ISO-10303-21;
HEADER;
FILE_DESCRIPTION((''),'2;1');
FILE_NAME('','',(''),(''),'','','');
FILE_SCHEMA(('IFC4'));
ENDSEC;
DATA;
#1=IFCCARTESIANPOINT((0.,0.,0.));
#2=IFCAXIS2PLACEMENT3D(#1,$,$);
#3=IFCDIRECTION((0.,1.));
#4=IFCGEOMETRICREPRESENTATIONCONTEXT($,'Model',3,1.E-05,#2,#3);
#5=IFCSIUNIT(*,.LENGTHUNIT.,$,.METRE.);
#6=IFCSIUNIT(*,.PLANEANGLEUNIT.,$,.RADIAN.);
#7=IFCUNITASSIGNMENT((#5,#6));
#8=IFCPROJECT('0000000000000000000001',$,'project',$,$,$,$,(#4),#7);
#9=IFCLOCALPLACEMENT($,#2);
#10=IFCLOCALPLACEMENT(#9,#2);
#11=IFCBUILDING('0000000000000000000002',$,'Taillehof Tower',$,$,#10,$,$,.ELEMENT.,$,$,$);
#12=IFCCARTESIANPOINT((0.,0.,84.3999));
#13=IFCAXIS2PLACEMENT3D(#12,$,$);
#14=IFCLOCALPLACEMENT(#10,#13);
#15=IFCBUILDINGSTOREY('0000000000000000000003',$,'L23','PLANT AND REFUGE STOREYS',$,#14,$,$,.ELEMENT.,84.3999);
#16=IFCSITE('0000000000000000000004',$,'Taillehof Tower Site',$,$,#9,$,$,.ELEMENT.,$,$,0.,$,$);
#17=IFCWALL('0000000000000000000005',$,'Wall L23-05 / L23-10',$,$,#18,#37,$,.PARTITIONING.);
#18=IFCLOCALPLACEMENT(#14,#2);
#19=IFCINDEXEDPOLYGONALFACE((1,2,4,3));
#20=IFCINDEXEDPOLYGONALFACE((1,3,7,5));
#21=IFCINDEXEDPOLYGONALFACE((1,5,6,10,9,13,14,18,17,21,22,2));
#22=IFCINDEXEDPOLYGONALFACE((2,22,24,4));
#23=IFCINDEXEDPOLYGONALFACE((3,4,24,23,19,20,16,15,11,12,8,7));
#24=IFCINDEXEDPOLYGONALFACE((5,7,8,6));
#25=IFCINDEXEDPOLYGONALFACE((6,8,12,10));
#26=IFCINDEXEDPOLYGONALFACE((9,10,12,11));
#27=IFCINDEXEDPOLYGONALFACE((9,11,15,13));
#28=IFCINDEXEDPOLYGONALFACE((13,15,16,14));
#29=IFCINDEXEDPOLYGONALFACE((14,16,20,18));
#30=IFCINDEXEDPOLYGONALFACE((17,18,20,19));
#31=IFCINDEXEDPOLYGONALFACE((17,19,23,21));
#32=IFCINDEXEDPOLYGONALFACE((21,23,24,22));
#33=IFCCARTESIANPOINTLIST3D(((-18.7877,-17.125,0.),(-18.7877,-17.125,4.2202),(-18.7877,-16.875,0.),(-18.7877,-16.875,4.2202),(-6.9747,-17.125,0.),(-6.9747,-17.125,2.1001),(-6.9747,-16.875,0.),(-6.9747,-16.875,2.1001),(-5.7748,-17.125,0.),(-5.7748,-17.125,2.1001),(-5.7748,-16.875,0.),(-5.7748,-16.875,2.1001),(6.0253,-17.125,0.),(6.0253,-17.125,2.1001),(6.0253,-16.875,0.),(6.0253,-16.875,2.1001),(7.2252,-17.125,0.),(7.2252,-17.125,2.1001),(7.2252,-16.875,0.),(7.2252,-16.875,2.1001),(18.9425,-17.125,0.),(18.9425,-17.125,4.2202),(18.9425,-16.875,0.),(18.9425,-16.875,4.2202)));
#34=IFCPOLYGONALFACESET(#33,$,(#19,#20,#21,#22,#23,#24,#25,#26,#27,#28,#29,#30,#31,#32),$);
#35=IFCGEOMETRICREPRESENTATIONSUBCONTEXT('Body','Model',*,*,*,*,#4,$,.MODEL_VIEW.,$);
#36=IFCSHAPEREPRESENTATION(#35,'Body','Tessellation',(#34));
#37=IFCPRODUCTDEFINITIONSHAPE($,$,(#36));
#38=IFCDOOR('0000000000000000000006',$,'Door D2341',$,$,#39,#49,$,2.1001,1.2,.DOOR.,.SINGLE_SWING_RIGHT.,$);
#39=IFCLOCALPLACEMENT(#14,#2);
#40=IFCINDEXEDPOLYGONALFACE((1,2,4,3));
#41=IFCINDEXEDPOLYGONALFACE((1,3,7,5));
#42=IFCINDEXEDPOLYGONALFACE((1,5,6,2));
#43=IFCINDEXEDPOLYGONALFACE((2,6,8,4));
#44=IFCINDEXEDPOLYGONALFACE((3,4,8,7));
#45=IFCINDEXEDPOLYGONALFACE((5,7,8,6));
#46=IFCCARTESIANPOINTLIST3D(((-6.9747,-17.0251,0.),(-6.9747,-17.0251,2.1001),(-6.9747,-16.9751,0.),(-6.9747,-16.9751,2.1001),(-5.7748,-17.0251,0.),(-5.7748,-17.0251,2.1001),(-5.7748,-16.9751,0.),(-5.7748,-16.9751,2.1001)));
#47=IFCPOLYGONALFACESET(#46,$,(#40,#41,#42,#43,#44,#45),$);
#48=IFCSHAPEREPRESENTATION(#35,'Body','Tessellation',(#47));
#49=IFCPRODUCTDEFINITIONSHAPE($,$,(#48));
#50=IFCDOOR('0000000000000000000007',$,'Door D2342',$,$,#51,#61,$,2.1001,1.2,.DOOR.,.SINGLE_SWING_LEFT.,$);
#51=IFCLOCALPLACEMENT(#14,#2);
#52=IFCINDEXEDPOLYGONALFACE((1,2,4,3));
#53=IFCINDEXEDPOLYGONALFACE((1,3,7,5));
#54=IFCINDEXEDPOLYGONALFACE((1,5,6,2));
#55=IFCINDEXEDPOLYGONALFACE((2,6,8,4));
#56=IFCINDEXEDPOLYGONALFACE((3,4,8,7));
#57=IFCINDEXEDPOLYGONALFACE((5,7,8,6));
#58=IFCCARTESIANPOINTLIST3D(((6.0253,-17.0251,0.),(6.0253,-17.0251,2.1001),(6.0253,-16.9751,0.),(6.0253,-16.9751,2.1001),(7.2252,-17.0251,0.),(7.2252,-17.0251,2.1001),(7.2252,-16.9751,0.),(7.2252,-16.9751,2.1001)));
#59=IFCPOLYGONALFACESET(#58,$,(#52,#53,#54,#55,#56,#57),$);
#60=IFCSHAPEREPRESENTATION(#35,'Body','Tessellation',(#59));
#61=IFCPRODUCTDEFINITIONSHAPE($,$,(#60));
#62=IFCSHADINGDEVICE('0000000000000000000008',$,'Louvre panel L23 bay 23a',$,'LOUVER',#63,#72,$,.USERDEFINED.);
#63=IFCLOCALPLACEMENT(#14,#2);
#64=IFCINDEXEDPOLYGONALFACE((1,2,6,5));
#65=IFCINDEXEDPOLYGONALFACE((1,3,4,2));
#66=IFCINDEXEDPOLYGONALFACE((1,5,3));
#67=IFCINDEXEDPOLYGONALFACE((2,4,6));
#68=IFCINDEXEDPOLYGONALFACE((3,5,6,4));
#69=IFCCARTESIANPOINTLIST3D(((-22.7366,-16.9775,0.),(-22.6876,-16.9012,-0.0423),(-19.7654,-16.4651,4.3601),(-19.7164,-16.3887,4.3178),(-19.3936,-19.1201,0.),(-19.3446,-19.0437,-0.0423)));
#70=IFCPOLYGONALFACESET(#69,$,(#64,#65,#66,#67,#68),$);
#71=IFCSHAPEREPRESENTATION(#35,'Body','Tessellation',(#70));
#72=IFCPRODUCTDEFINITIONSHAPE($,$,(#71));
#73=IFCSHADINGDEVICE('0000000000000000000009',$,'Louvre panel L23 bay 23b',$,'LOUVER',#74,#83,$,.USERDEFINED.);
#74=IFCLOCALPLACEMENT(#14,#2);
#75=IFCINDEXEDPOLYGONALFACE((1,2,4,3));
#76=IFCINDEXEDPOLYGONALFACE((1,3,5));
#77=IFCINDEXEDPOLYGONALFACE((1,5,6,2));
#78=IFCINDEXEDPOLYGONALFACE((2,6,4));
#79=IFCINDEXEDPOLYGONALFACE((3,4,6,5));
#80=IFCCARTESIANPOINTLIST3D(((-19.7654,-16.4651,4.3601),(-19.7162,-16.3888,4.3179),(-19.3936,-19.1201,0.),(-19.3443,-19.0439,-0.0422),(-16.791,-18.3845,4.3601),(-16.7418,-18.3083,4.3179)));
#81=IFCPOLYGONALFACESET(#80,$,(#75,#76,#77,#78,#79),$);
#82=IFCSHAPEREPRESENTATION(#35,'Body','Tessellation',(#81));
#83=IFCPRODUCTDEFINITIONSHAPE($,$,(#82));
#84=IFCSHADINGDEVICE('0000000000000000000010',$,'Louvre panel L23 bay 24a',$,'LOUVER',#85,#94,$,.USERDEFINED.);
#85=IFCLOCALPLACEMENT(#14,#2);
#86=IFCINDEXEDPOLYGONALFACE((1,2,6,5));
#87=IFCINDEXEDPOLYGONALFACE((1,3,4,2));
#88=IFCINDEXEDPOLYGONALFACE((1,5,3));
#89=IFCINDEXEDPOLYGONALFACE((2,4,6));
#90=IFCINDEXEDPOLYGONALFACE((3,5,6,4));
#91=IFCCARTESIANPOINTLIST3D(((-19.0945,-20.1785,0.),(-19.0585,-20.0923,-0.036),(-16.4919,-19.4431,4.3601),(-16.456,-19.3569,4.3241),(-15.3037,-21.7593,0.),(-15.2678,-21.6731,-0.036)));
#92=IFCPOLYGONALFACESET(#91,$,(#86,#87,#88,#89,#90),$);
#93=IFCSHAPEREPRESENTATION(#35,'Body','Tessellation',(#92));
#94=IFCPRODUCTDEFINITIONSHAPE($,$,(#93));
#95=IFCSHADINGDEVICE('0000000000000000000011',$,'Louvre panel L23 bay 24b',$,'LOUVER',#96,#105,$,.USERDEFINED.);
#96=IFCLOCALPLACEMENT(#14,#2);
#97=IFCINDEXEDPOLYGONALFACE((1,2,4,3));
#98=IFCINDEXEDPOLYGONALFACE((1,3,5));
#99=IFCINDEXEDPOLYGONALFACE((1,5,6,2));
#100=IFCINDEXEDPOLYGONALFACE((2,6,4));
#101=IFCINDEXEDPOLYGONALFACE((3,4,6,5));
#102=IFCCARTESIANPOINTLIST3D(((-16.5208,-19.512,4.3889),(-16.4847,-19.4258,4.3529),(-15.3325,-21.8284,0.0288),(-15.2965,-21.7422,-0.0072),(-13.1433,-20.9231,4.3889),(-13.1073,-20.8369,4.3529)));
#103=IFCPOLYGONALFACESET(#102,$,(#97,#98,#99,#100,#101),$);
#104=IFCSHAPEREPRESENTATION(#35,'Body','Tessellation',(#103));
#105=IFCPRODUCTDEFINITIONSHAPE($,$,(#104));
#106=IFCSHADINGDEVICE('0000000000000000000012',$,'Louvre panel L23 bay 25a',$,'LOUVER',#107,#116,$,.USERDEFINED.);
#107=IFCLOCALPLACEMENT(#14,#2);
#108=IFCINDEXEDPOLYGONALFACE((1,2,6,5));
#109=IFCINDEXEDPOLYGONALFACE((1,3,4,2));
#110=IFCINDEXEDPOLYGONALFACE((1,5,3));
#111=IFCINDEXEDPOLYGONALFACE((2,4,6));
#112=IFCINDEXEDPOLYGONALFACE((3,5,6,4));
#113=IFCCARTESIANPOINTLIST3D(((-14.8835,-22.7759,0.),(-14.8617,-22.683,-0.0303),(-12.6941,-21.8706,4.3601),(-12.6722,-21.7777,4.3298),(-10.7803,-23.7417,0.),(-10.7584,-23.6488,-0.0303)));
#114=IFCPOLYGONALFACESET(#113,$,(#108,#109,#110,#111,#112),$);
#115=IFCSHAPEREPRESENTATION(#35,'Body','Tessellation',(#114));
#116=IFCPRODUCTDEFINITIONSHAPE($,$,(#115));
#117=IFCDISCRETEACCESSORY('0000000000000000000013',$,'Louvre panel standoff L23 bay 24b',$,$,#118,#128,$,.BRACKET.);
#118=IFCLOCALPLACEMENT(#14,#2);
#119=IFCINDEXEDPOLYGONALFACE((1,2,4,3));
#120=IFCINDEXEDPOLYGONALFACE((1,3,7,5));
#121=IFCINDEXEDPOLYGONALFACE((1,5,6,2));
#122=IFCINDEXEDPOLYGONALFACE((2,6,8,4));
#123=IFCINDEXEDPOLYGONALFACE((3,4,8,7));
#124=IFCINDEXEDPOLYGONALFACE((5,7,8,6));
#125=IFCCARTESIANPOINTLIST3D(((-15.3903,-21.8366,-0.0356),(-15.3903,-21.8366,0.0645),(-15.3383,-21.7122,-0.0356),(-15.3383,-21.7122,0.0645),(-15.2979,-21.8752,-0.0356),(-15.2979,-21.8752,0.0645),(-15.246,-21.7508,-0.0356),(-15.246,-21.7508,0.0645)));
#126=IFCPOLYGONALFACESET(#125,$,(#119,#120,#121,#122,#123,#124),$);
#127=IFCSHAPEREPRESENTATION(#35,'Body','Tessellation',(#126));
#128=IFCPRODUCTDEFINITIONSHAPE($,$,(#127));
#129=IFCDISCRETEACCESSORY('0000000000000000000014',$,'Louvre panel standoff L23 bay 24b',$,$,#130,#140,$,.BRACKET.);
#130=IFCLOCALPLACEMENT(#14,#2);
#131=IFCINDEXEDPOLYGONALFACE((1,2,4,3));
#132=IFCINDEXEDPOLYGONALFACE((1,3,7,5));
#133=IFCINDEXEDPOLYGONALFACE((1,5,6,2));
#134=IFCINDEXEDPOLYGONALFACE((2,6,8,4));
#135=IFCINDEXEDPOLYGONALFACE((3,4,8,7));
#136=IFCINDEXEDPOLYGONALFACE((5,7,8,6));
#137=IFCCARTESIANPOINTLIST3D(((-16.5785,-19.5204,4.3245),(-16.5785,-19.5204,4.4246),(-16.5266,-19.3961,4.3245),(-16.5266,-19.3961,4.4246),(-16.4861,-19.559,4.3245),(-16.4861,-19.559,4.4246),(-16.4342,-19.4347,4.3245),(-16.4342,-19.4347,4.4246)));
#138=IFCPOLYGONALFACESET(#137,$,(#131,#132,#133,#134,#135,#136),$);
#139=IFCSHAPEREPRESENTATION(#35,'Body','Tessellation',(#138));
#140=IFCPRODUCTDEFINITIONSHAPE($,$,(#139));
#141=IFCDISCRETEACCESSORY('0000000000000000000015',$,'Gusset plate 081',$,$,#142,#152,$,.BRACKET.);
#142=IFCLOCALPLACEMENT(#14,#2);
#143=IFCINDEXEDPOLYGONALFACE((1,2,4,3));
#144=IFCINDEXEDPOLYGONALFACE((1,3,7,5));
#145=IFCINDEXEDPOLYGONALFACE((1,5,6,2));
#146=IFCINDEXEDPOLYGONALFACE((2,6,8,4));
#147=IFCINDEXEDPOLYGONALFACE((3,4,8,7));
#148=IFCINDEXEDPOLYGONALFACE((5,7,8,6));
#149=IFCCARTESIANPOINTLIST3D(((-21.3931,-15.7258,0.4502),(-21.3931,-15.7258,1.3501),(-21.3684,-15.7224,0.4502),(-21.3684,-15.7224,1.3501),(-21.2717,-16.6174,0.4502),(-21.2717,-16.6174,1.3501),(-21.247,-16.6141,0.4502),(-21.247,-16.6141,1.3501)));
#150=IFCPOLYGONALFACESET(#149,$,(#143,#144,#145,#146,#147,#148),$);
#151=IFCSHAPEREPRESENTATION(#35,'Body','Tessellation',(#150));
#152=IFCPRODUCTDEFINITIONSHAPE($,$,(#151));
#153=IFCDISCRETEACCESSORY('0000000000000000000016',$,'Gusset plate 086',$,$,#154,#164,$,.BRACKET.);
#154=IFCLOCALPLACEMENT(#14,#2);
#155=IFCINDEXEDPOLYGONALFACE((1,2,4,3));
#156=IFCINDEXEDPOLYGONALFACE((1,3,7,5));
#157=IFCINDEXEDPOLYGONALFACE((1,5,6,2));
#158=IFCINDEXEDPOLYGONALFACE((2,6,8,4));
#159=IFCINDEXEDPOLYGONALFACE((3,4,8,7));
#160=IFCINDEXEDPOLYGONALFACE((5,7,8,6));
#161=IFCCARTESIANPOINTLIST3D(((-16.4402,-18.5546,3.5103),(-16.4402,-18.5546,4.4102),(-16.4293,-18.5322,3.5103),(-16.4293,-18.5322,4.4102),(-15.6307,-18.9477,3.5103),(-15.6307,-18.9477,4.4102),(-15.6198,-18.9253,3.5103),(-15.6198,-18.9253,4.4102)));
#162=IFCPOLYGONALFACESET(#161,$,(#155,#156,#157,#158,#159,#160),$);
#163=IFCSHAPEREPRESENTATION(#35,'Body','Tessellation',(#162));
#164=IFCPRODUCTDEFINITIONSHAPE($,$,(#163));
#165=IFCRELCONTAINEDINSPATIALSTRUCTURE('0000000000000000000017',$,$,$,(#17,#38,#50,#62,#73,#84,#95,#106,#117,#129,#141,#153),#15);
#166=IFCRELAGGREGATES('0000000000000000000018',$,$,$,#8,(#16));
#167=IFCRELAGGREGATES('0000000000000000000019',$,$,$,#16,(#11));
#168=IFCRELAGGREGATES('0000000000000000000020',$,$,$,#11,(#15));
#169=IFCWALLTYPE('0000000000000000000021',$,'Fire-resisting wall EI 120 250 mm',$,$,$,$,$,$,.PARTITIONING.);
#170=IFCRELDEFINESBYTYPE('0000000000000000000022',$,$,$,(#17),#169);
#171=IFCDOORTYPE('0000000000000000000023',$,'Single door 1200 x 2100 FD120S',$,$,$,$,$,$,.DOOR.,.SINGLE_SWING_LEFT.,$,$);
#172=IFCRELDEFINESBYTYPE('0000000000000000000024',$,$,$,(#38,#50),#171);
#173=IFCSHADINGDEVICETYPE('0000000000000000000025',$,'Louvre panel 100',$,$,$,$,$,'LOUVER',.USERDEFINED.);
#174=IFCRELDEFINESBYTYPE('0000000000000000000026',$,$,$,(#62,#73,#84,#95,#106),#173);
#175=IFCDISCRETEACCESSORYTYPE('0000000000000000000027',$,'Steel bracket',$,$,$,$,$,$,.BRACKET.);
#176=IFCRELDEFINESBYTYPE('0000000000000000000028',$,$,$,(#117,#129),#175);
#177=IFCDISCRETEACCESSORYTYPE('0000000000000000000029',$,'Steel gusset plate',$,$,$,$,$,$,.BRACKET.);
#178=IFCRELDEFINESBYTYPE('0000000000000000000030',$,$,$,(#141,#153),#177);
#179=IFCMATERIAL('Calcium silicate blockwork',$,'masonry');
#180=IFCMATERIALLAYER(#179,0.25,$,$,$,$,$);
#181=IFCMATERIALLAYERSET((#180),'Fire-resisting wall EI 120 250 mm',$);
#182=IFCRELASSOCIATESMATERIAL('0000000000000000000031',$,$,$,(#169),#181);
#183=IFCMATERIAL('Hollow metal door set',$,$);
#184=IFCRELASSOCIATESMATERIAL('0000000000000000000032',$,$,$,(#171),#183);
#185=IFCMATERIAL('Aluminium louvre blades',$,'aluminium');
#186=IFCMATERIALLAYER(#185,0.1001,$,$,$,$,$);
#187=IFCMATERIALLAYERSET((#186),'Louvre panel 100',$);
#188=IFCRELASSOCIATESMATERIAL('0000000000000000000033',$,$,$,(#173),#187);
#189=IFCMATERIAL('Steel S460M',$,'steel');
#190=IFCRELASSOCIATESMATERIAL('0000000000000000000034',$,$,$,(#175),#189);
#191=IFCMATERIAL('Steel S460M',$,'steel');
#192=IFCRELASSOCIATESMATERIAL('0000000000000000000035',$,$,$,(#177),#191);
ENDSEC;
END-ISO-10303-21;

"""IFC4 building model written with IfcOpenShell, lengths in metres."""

from ifc_helpers import new_model, si_unit, direction, frame, frame_2d, origin, origin_2d, place, context, subcontext, project, spatial, polyline, rectangle, outline, extrude, material, layer, layer_set, type_object, element, fill, save


model = new_model("IFC4")

# Units and contexts
model_context = context("Model", 3, precision=1e-05, world=origin(), true_north=direction((0.0, 1.0)))
body_context = subcontext(model_context, "Body", "Model", "MODEL_VIEW")
ifc_project = project(units=[si_unit("LENGTHUNIT", "METRE"), si_unit("PLANEANGLEUNIT", "RADIAN")], contexts=[model_context])

# Site, building, storey
site_placement = place(None, origin())
site = spatial("IfcSite", under=ifc_project, at=site_placement, Name="Taillehof Tower Site", CompositionType="ELEMENT", RefElevation=0.0)
building_placement = place(site_placement, origin())
building = spatial("IfcBuilding", under=site, at=building_placement, Name="Taillehof Tower", CompositionType="ELEMENT")
storey_placement = place(building_placement, frame((0.0, 0.0, 84.3999)))
storey = spatial("IfcBuildingStorey", under=building, at=storey_placement, Name="L23", Description="PLANT AND REFUGE STOREYS", CompositionType="ELEMENT", Elevation=84.3999)

# Shared definitions
ifc_material_1 = material(Name="Calcium silicate blockwork", Category="masonry")
ifc_layer_1 = layer(ifc_material_1, 0.25)
ifc_layer_set_1 = layer_set([ifc_layer_1], Name="Fire-resisting wall EI 120 250 mm")
wall_type = type_object("IfcWallType", Name="Fire-resisting wall EI 120 250 mm", PredefinedType="PARTITIONING", material=ifc_layer_set_1)

# Wall, openings, doors
wall_1_placement = place(storey_placement, frame((-18.7878, -17.0, 0.0), z_axis=(0.0, 0.0, 1.0), x_axis=(1.0, 0.0, 0.0)))
wall_1 = element("IfcWall", 1, at=wall_1_placement, inside=storey, type_object=wall_type, Name="Wall L23-05 / L23-10", PredefinedType="PARTITIONING", context=body_context, shape_type="SweptSolid", body=[
    extrude(rectangle(XDim=37.7302, YDim=0.25, at=frame_2d((18.8652, 0.0))), origin(), (0.0, 0.0, 1.0), 4.2202),
])
opening_1_placement = place(wall_1_placement, frame((11.813, 0.0, 0.0)))
opening_1 = element("IfcOpeningElement", 2, at=opening_1_placement, cuts=wall_1, PredefinedType="OPENING", context=body_context, shape_type="SweptSolid", body=[
    extrude(rectangle(XDim=1.2, YDim=2.1001, at=frame_2d((0.6001, 1.05))), frame((0.0, 0.135, 0.0), z_axis=(0.0, -1.0, 0.0), x_axis=(1.0, 0.0, 0.0)), (0.0, 0.0, 1.0), 0.27),
])
opening_2_placement = place(wall_1_placement, frame((24.813, 0.0, 0.0)))
opening_2 = element("IfcOpeningElement", 3, at=opening_2_placement, cuts=wall_1, PredefinedType="OPENING", context=body_context, shape_type="SweptSolid", body=[
    extrude(rectangle(XDim=1.2, YDim=2.1001, at=frame_2d((0.6001, 1.05))), frame((0.0, 0.135, 0.0), z_axis=(0.0, -1.0, 0.0), x_axis=(1.0, 0.0, 0.0)), (0.0, 0.0, 1.0), 0.27),
])
ifc_material_2 = material(Name="Hollow metal door set")
door_type = type_object("IfcDoorType", Name="Single door 1200 x 2100 FD120S", OperationType="SINGLE_SWING_LEFT", PredefinedType="DOOR", material=ifc_material_2)
door_1_placement = place(opening_1_placement, origin())
door_1 = element("IfcDoor", 4, at=door_1_placement, inside=storey, type_object=door_type, Name="Door D2341", OperationType="SINGLE_SWING_RIGHT", OverallHeight=2.1001, OverallWidth=1.2, PredefinedType="DOOR", context=body_context, shape_type="SweptSolid", body=[
    extrude(rectangle(XDim=1.2, YDim=2.1001, at=frame_2d((0.6001, 1.05))), frame((0.0, 0.0249, 0.0), z_axis=(0.0, -1.0, 0.0), x_axis=(1.0, 0.0, 0.0)), (0.0, 0.0, 1.0), 0.05),
])
fill(opening_1, door_1)
door_2_placement = place(opening_2_placement, origin())
door_2 = element("IfcDoor", 5, at=door_2_placement, inside=storey, type_object=door_type, Name="Door D2342", OperationType="SINGLE_SWING_LEFT", OverallHeight=2.1001, OverallWidth=1.2, PredefinedType="DOOR", context=body_context, shape_type="SweptSolid", body=[
    extrude(rectangle(XDim=1.2, YDim=2.1001, at=frame_2d((0.6001, 1.05))), frame((0.0, 0.0249, 0.0), z_axis=(0.0, -1.0, 0.0), x_axis=(1.0, 0.0, 0.0)), (0.0, 0.0, 1.0), 0.05),
])
fill(opening_2, door_2)

# Shading devices
ifc_material_3 = material(Name="Aluminium louvre blades", Category="aluminium")
ifc_layer_2 = layer(ifc_material_3, 0.1001)
ifc_layer_set_2 = layer_set([ifc_layer_2], Name="Louvre panel 100")
shading_device_type = type_object("IfcShadingDeviceType", Name="Louvre panel 100", ElementType="LOUVER", PredefinedType="USERDEFINED", material=ifc_layer_set_2)
shading_device_1_placement = place(storey_placement, frame((-22.7366, -16.9775, 0.0), z_axis=(-0.488976, -0.762938, 0.422881), x_axis=(0.841923, -0.539598, 0.0)))
element("IfcShadingDevice", 6, at=shading_device_1_placement, inside=storey, type_object=shading_device_type, Name="Louvre panel L23 bay 23a", ObjectType="LOUVER", PredefinedType="USERDEFINED", context=body_context, shape_type="SweptSolid", body=[
    extrude(outline(polyline([(0.0, 0.0), (3.9707, 0.0), (2.225, 4.8115), (0.0, 0.0)])), origin(), (0.0, 0.0, -1.0), 0.1001),
])
shading_device_2_placement = place(storey_placement, frame((-19.3936, -19.1201, 0.0), z_axis=(-0.491591, -0.761773, 0.421949), x_axis=(0.507241, 0.143369, 0.849795)))
element("IfcShadingDevice", 7, at=shading_device_2_placement, inside=storey, type_object=shading_device_type, Name="Louvre panel L23 bay 23b", ObjectType="LOUVER", PredefinedType="USERDEFINED", context=body_context, shape_type="SweptSolid", body=[
    extrude(outline(polyline([(0.0, 0.0), (5.1308, 0.0), (3.8972, 3.3181), (0.0, 0.0)])), origin(), (0.0, 0.0, -1.0), 0.1001),
])
shading_device_3_placement = place(storey_placement, frame((-19.0945, -20.1785, 0.0), z_axis=(-0.35914, -0.861216, 0.359618), x_axis=(0.922963, -0.38489, 0.0)))
element("IfcShadingDevice", 8, at=shading_device_3_placement, inside=storey, type_object=shading_device_type, Name="Louvre panel L23 bay 24a", ObjectType="LOUVER", PredefinedType="USERDEFINED", context=body_context, shape_type="SweptSolid", body=[
    extrude(outline(polyline([(0.0, 0.0), (4.1072, 0.0), (2.119, 4.6727), (0.0, 0.0)])), origin(), (0.0, 0.0, -1.0), 0.1001),
])
shading_device_4_placement = place(storey_placement, frame((-15.3325, -21.8284, 0.0288), z_axis=(-0.359755, -0.861047, 0.359409), x_axis=(0.441184, 0.182437, 0.878677)))
element("IfcShadingDevice", 9, at=shading_device_4_placement, inside=storey, type_object=shading_device_type, Name="Louvre panel L23 bay 24b", ObjectType="LOUVER", PredefinedType="USERDEFINED", context=body_context, shape_type="SweptSolid", body=[
    extrude(outline(polyline([(0.0, 0.0), (4.9621, 0.0), (3.7295, 3.4466), (0.0, 0.0)])), origin(), (0.0, 0.0, -1.0), 0.1001),
])
shading_device_5_placement = place(storey_placement, frame((-14.8835, -22.7759, 0.0), z_axis=(-0.218396, -0.927852, 0.302315), x_axis=(0.973399, -0.229117, 0.0)))
element("IfcShadingDevice", 10, at=shading_device_5_placement, inside=storey, type_object=shading_device_type, Name="Louvre panel L23 bay 25a", ObjectType="LOUVER", PredefinedType="USERDEFINED", context=body_context, shape_type="SweptSolid", body=[
    extrude(outline(polyline([(0.0, 0.0), (4.2154, 0.0), (1.9238, 4.5741), (0.0, 0.0)])), origin(), (0.0, 0.0, -1.0), 0.1001),
])

# Discrete accessories
ifc_material_4 = material(Name="Steel S460M", Category="steel")
discrete_accessory_type_1 = type_object("IfcDiscreteAccessoryType", Name="Steel bracket", PredefinedType="BRACKET", material=ifc_material_4)
for number, where, z_axis, x_axis, name in (
    (11, (-15.3181, -21.7937, -0.0356), (0.0, 0.0, 1.0), (-0.385471, -0.92272, 0.0), "Louvre panel standoff L23 bay 24b"),
    (12, (-16.5063, -19.4775, 4.3245), (0.0, 0.0, 1.0), (-0.385471, -0.92272, 0.0), "Louvre panel standoff L23 bay 24b"),
):
    element("IfcDiscreteAccessory", number, at=place(storey_placement, frame(where, z_axis=z_axis, x_axis=x_axis)), inside=storey, type_object=discrete_accessory_type_1, Name=name, PredefinedType="BRACKET", context=body_context, shape_type="SweptSolid", body=[
        extrude(rectangle(XDim=0.1348, YDim=0.1001, at=origin_2d()), origin(), (0.0, 0.0, 1.0), 0.1001),
    ])
ifc_material_5 = material(Name="Steel S460M", Category="steel")
discrete_accessory_type_2 = type_object("IfcDiscreteAccessoryType", Name="Steel gusset plate", PredefinedType="BRACKET", material=ifc_material_5)
for number, where, z_axis, x_axis, name in (
    (13, (-21.3201, -16.1699, 0.4502), (0.0, 0.0, 1.0), (0.134899, -0.990859, 0.0), "Gusset plate 081"),
    (14, (-16.03, -18.74, 3.5103), (0.0, 0.0, 1.0), (0.899545, -0.436828, 0.0), "Gusset plate 086"),
):
    element("IfcDiscreteAccessory", number, at=place(storey_placement, frame(where, z_axis=z_axis, x_axis=x_axis)), inside=storey, type_object=discrete_accessory_type_2, Name=name, PredefinedType="BRACKET", context=body_context, shape_type="SweptSolid", body=[
        extrude(rectangle(XDim=0.8999, YDim=0.0249, at=origin_2d()), origin(), (0.0, 0.0, 1.0), 0.8999),
    ])

save(model, "model.ifc")
